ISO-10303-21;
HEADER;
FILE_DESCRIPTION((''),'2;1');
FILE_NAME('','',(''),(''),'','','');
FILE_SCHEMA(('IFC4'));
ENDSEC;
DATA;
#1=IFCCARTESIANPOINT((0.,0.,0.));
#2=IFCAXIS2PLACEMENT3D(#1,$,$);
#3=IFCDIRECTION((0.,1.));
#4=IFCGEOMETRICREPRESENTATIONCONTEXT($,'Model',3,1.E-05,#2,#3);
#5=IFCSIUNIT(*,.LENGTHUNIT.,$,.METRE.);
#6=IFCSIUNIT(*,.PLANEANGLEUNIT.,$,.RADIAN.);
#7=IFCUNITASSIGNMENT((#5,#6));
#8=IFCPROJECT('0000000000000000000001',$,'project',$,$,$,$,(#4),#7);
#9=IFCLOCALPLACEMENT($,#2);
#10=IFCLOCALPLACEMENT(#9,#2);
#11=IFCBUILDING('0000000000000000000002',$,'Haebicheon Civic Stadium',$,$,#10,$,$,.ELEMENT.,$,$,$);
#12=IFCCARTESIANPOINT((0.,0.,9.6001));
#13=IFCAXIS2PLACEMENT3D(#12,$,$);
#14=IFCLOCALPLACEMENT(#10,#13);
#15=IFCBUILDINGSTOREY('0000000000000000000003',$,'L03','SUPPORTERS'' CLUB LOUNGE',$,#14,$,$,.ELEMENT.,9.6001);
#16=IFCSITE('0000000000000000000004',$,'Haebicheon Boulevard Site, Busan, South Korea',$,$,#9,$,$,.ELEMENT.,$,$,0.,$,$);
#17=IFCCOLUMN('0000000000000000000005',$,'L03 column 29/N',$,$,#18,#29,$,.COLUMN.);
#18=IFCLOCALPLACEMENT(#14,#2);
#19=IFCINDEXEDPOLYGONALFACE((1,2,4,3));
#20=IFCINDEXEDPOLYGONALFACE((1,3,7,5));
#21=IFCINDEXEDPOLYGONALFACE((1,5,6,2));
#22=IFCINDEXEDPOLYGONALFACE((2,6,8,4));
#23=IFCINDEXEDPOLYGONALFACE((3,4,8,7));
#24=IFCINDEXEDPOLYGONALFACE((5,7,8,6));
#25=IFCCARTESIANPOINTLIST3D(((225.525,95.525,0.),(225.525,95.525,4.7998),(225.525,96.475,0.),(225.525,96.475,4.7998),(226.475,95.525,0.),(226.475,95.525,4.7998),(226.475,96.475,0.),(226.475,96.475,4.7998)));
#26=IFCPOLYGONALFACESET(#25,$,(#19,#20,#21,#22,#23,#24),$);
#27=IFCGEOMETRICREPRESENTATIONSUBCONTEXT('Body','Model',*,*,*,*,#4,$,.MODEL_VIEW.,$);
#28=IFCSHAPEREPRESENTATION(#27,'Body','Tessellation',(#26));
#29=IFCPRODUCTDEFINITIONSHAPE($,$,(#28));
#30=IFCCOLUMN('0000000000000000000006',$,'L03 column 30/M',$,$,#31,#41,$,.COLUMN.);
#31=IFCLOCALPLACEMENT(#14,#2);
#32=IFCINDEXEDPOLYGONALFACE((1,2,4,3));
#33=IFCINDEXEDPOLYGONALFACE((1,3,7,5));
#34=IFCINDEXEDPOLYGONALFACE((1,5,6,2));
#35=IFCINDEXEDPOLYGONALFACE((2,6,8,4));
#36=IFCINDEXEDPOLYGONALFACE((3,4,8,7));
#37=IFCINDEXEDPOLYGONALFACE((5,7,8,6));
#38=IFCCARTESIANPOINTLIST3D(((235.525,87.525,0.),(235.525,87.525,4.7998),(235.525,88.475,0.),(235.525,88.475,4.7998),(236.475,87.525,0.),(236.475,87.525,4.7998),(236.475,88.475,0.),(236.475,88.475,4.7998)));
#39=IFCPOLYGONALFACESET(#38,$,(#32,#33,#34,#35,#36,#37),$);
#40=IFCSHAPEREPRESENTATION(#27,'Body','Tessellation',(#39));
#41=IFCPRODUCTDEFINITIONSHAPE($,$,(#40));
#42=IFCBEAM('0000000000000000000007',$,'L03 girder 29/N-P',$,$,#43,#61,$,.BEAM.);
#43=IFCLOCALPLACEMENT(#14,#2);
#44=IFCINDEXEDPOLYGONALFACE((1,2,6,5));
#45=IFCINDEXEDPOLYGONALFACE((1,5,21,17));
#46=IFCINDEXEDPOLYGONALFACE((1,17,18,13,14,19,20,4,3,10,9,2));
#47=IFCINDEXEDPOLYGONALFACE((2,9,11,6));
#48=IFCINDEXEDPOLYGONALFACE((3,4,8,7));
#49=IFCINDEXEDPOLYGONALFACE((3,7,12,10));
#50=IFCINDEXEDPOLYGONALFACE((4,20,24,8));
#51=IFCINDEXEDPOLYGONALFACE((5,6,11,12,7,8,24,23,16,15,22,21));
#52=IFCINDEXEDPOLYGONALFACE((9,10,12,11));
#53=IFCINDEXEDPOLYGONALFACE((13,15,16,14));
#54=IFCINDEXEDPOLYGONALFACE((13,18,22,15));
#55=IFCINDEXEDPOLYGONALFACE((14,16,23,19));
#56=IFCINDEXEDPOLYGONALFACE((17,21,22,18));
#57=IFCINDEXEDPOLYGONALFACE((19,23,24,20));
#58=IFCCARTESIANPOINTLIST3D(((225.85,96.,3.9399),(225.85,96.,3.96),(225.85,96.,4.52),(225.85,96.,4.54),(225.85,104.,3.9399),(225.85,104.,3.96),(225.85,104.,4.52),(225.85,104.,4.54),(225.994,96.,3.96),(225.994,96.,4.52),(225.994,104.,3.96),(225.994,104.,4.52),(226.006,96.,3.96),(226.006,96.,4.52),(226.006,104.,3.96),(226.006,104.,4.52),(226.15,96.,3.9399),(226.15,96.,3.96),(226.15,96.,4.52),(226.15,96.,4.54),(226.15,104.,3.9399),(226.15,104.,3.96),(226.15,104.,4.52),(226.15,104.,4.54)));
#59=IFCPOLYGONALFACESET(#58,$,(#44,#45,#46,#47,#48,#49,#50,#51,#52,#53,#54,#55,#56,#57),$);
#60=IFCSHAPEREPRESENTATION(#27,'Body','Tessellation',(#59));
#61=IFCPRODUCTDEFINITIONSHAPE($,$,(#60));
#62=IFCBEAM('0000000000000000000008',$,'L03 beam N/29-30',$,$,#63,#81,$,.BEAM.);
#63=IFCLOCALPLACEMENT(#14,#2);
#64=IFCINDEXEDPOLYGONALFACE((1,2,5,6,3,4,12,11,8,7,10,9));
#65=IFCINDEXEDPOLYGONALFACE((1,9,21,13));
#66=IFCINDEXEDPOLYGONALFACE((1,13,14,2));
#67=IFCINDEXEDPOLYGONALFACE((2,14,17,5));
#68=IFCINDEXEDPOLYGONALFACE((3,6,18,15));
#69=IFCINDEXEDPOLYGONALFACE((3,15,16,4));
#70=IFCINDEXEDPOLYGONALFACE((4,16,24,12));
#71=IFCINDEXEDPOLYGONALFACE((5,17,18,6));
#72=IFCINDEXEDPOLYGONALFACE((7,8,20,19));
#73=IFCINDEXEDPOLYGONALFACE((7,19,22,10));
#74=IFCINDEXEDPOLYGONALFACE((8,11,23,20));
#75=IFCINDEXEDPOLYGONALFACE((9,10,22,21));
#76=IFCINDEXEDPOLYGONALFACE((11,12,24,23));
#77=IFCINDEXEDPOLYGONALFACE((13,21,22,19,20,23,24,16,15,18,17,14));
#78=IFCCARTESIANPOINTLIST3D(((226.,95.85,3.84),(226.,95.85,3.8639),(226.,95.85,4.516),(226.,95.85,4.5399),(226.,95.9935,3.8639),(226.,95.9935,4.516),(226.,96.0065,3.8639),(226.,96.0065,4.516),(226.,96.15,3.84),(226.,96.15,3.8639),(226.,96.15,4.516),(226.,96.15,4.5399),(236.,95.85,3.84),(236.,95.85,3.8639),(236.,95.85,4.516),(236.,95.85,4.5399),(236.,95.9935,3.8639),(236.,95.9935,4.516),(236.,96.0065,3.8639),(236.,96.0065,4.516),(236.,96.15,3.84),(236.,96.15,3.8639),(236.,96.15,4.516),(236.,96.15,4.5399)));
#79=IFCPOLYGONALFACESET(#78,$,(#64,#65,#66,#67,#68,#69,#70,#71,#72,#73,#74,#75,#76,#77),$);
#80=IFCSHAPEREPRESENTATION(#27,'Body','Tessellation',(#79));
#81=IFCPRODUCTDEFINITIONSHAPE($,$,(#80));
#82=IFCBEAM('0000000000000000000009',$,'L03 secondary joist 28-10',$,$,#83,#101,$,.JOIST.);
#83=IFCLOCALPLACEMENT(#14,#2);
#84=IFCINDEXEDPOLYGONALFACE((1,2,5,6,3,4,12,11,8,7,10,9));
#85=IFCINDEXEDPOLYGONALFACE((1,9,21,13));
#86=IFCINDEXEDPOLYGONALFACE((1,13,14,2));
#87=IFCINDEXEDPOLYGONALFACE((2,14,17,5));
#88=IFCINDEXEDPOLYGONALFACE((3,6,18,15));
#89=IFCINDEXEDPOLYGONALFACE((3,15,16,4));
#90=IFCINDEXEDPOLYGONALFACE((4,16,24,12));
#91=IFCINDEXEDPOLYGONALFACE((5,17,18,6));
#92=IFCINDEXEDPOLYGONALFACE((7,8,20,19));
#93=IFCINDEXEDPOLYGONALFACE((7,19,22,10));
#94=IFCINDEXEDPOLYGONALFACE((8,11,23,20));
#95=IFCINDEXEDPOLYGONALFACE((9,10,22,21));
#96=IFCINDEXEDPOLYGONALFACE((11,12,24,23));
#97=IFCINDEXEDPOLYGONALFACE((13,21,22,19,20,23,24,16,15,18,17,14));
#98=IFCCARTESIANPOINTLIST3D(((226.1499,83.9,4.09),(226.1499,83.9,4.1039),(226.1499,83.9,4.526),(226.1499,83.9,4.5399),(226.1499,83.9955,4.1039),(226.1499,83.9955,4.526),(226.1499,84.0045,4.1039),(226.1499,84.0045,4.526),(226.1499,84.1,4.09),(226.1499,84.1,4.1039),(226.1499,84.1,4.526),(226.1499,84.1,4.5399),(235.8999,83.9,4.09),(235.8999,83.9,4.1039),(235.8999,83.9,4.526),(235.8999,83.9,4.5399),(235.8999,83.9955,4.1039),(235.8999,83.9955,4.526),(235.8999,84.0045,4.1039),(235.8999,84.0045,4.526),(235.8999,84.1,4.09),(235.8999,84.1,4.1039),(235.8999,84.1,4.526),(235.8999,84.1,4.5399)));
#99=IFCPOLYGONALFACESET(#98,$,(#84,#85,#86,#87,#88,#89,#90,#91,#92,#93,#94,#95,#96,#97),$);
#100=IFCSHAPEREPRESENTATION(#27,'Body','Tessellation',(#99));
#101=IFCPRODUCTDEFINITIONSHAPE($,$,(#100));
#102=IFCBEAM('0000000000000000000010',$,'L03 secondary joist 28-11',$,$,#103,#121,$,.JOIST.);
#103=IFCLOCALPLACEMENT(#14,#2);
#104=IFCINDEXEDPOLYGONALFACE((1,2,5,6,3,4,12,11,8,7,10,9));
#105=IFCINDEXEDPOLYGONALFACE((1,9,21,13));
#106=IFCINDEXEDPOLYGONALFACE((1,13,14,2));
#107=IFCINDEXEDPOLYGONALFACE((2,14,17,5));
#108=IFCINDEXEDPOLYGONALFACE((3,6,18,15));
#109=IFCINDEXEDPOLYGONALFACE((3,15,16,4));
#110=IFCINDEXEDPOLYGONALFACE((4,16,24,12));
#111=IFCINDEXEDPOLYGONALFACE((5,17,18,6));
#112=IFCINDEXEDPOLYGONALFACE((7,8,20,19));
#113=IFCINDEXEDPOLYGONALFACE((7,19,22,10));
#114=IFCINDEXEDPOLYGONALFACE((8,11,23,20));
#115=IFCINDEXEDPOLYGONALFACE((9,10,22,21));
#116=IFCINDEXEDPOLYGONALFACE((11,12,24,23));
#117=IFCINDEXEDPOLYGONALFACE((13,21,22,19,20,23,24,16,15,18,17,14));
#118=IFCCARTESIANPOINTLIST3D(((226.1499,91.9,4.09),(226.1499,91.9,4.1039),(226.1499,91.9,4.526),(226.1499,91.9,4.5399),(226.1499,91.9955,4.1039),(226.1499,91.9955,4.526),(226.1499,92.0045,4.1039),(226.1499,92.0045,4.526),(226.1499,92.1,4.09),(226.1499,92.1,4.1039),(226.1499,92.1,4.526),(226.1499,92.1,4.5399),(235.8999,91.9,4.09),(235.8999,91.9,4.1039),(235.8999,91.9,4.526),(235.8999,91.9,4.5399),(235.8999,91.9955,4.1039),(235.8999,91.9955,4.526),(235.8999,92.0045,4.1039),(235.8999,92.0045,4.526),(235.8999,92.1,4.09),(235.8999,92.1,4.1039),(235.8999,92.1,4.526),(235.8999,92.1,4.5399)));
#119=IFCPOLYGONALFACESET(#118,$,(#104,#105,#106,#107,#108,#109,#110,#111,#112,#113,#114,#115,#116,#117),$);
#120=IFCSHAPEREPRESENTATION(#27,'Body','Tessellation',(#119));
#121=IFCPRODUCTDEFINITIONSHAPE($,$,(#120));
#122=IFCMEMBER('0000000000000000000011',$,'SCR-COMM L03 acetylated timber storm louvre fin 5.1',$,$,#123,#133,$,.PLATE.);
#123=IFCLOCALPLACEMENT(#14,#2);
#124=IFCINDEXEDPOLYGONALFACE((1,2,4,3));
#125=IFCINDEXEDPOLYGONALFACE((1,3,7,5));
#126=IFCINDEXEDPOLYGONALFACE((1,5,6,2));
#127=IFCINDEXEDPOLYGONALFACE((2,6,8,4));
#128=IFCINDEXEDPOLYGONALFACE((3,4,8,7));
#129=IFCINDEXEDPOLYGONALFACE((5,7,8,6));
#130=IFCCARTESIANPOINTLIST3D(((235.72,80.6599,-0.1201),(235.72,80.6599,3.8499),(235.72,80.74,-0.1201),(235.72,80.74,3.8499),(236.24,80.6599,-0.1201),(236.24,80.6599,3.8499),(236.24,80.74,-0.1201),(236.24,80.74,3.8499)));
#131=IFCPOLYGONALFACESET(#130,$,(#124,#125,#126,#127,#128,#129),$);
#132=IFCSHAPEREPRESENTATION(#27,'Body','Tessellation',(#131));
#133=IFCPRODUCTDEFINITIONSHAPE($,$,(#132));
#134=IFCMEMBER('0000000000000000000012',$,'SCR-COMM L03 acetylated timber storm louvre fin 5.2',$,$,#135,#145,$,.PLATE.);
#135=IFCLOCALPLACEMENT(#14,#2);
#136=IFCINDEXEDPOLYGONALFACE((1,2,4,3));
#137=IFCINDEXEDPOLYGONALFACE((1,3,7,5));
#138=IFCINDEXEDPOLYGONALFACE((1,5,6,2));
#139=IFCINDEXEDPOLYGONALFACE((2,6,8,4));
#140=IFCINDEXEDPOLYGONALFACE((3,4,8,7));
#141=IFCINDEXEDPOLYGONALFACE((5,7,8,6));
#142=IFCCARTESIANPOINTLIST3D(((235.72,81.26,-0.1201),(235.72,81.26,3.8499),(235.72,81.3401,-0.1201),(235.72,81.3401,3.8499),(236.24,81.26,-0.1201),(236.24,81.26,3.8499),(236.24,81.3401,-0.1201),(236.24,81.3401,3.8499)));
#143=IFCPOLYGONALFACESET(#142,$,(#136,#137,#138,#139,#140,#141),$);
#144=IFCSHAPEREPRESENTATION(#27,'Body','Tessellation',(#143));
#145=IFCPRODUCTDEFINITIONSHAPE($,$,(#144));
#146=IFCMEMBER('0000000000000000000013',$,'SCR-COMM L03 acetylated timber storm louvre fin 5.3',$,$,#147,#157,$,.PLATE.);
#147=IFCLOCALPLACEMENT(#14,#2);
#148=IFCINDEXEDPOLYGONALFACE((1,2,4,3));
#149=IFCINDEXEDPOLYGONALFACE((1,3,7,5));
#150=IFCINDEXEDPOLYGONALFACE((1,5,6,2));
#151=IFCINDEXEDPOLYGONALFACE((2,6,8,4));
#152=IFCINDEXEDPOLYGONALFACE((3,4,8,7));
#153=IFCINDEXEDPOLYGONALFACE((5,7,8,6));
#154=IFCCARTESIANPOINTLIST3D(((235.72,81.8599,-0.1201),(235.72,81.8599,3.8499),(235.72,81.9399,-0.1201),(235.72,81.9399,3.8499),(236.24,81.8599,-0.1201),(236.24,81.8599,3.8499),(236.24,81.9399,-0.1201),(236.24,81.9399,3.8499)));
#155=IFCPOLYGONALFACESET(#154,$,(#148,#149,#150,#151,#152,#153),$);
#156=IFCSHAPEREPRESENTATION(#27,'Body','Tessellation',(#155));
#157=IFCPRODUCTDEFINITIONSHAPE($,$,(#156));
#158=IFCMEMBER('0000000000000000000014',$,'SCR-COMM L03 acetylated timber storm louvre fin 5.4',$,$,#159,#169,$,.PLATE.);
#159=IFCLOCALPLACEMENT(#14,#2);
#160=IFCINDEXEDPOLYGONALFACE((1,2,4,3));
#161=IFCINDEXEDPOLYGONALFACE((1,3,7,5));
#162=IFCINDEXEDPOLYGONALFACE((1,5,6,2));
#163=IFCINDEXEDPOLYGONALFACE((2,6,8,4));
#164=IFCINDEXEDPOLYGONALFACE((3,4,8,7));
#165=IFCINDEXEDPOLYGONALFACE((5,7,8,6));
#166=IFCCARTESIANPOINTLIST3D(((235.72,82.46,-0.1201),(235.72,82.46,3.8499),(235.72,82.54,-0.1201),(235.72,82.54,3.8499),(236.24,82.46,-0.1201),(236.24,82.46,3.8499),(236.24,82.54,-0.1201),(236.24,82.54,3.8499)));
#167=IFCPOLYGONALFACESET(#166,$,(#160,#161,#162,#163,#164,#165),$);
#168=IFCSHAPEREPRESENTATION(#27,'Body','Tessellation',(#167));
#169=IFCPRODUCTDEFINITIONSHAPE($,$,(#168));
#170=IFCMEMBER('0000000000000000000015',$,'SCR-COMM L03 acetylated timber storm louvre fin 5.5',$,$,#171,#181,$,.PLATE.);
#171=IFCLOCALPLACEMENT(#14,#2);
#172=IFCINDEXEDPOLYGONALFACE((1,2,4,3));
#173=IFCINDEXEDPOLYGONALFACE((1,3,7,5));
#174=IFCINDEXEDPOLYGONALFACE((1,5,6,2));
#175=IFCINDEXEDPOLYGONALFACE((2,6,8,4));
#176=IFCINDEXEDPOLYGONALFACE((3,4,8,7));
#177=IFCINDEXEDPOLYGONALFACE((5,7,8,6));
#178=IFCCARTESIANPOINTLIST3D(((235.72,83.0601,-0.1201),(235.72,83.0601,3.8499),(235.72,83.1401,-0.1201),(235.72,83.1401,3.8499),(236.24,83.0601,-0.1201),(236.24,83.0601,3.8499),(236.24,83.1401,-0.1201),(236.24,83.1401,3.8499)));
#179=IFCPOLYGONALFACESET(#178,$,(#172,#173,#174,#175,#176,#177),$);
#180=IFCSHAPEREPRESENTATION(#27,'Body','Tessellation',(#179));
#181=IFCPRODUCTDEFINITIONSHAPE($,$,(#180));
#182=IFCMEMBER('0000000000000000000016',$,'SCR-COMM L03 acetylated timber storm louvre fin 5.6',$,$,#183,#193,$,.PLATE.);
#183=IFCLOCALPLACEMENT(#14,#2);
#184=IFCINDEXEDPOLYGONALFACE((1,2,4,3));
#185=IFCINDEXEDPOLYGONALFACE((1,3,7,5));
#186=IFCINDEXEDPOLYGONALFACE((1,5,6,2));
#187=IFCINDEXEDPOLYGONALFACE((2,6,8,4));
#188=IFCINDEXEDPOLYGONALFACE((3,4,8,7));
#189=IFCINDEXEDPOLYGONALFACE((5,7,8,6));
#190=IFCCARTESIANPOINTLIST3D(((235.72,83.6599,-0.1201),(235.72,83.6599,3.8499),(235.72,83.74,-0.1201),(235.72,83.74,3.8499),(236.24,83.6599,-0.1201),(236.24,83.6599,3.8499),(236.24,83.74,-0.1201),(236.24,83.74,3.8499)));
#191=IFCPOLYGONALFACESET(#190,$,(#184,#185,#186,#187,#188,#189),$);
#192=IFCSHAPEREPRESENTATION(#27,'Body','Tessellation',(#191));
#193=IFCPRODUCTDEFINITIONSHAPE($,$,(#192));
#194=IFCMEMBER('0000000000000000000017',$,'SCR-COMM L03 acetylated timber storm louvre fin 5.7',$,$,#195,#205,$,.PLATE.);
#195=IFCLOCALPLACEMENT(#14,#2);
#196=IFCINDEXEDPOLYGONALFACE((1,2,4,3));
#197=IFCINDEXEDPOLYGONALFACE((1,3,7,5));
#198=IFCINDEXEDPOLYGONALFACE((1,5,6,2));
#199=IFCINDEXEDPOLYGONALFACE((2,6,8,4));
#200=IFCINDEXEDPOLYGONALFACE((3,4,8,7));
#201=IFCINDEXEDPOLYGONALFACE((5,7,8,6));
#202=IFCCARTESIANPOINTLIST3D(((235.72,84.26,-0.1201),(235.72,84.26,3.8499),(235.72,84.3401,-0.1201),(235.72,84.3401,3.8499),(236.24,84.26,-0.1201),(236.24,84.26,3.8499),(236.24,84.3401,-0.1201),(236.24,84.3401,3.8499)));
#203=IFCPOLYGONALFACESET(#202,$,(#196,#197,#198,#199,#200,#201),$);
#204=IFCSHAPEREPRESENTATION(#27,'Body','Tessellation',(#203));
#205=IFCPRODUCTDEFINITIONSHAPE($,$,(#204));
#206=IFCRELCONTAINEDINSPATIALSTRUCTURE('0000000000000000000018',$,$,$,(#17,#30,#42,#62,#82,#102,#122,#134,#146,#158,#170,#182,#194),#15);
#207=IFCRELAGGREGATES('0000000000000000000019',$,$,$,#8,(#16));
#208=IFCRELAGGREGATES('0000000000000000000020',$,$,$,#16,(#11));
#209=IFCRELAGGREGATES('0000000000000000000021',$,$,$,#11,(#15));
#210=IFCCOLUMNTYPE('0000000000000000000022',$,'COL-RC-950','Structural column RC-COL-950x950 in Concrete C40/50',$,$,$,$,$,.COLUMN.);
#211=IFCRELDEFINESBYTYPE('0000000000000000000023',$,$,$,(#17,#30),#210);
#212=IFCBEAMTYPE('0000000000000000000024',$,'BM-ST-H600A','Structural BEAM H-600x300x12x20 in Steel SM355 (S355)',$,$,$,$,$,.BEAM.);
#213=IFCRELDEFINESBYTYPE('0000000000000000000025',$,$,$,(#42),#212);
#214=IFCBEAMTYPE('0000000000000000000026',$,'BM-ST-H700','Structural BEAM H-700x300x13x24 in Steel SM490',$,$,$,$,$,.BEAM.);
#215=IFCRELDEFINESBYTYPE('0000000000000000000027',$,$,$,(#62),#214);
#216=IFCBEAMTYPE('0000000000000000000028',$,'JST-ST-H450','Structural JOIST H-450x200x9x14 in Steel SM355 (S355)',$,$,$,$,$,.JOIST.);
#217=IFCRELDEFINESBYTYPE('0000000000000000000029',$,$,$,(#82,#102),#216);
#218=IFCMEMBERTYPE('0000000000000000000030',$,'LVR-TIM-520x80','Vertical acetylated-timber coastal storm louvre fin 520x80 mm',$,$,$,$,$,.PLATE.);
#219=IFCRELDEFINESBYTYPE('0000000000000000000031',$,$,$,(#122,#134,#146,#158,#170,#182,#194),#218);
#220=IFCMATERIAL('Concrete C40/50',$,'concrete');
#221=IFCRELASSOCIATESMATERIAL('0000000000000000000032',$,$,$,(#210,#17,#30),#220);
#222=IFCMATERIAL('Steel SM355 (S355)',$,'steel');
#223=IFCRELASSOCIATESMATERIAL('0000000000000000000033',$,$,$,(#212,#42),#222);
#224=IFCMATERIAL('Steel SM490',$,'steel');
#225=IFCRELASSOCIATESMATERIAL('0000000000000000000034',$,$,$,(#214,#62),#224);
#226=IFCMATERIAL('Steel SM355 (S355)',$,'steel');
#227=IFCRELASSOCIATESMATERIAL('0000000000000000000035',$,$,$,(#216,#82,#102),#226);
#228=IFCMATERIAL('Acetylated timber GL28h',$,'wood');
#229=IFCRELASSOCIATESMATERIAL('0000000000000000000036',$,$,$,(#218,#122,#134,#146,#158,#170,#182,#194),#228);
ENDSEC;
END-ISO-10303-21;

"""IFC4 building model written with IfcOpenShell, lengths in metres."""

from ifc_helpers import new_model, si_unit, direction, frame, origin, origin_2d, place, context, subcontext, project, spatial, rectangle, i_section, extrude, material, material_profile, profile_set, type_object, element, save


model = new_model("IFC4")

# Units and contexts
model_context = context("Model", 3, precision=1e-05, world=origin(), true_north=direction((0.0, 1.0)))
body_context = subcontext(model_context, "Body", "Model", "MODEL_VIEW")
ifc_project = project(units=[si_unit("LENGTHUNIT", "METRE"), si_unit("PLANEANGLEUNIT", "RADIAN")], contexts=[model_context])

# Site, building, storey
site_placement = place(None, origin())
site = spatial("IfcSite", under=ifc_project, at=site_placement, Name="Haebicheon Boulevard Site, Busan, South Korea", CompositionType="ELEMENT", RefElevation=0.0)
building_placement = place(site_placement, origin())
building = spatial("IfcBuilding", under=site, at=building_placement, Name="Haebicheon Civic Stadium", CompositionType="ELEMENT")
storey_placement = place(building_placement, frame((0.0, 0.0, 9.6001)))
storey = spatial("IfcBuildingStorey", under=building, at=storey_placement, Name="L03", Description="SUPPORTERS' CLUB LOUNGE", CompositionType="ELEMENT", Elevation=9.6001)

# Columns
ifc_material_1 = material(Name="Concrete C40/50", Category="concrete")
ifc_material_profile_1 = material_profile(ifc_material_1, rectangle(XDim=0.95, YDim=0.95, at=origin_2d()), Name="RC-COL-950x950")
ifc_profile_set_1 = profile_set([ifc_material_profile_1], Name="Concrete C40/50")
column_type = type_object("IfcColumnType", Name="COL-RC-950", Description="Structural column RC-COL-950x950 in Concrete C40/50", PredefinedType="COLUMN", material=ifc_profile_set_1)
for number, where, z_axis, x_axis, name in (
    (1, (226.0, 96.0, 0.0), (0.0, 0.0, 1.0), (1.0, 0.0, 0.0), "L03 column 29/N"),
    (2, (236.0, 88.0, 0.0), (0.0, 0.0, 1.0), (1.0, 0.0, 0.0), "L03 column 30/M"),
):
    element("IfcColumn", number, at=place(storey_placement, frame(where, z_axis=z_axis, x_axis=x_axis)), inside=storey, type_object=column_type, material=ifc_profile_set_1, Name=name, PredefinedType="COLUMN", context=body_context, shape_type="SweptSolid", body=[
        extrude(rectangle(XDim=0.95, YDim=0.95, at=origin_2d()), origin(), (0.0, 0.0, 1.0), 4.7998),
    ])

# Beams
ifc_material_2 = material(Name="Steel SM355 (S355)", Category="steel")
ifc_material_profile_2 = material_profile(ifc_material_2, i_section(OverallWidth=0.3, OverallDepth=0.6001, WebThickness=0.012, FlangeThickness=0.02, at=origin_2d()), Name="H-600x300x12x20")
ifc_profile_set_2 = profile_set([ifc_material_profile_2], Name="Steel SM355 (S355)")
beam_type_1 = type_object("IfcBeamType", Name="BM-ST-H600A", Description="Structural BEAM H-600x300x12x20 in Steel SM355 (S355)", PredefinedType="BEAM", material=ifc_profile_set_2)
beam_1_placement = place(storey_placement, frame((226.0, 96.0, 4.24), z_axis=(0.0, 1.0, 0.0), x_axis=(-1.0, 0.0, 0.0)))
element("IfcBeam", 3, at=beam_1_placement, inside=storey, type_object=beam_type_1, material=ifc_profile_set_2, Name="L03 girder 29/N-P", PredefinedType="BEAM", context=body_context, shape_type="SweptSolid", body=[
    extrude(i_section(OverallWidth=0.3, OverallDepth=0.6001, WebThickness=0.012, FlangeThickness=0.02, at=origin_2d()), origin(), (0.0, 0.0, 1.0), 8.0),
])
ifc_material_3 = material(Name="Steel SM490", Category="steel")
ifc_material_profile_3 = material_profile(ifc_material_3, i_section(OverallWidth=0.3, OverallDepth=0.7, WebThickness=0.0129, FlangeThickness=0.0239, at=origin_2d()), Name="H-700x300x13x24")
ifc_profile_set_3 = profile_set([ifc_material_profile_3], Name="Steel SM490")
beam_type_2 = type_object("IfcBeamType", Name="BM-ST-H700", Description="Structural BEAM H-700x300x13x24 in Steel SM490", PredefinedType="BEAM", material=ifc_profile_set_3)
beam_2_placement = place(storey_placement, frame((226.0, 96.0, 4.1899), z_axis=(1.0, 0.0, 0.0), x_axis=(0.0, 1.0, 0.0)))
element("IfcBeam", 4, at=beam_2_placement, inside=storey, type_object=beam_type_2, material=ifc_profile_set_3, Name="L03 beam N/29-30", PredefinedType="BEAM", context=body_context, shape_type="SweptSolid", body=[
    extrude(i_section(OverallWidth=0.3, OverallDepth=0.7, WebThickness=0.0129, FlangeThickness=0.0239, at=origin_2d()), origin(), (0.0, 0.0, 1.0), 10.0),
])
ifc_material_4 = material(Name="Steel SM355 (S355)", Category="steel")
ifc_material_profile_4 = material_profile(ifc_material_4, i_section(OverallWidth=0.2, OverallDepth=0.45, WebThickness=0.009, FlangeThickness=0.0139, at=origin_2d()), Name="H-450x200x9x14")
ifc_profile_set_4 = profile_set([ifc_material_profile_4], Name="Steel SM355 (S355)")
beam_type_3 = type_object("IfcBeamType", Name="JST-ST-H450", Description="Structural JOIST H-450x200x9x14 in Steel SM355 (S355)", PredefinedType="JOIST", material=ifc_profile_set_4)
for number, where, z_axis, x_axis, name in (
    (5, (226.1499, 84.0, 4.3149), (1.0, 0.0, 0.0), (0.0, 1.0, 0.0), "L03 secondary joist 28-10"),
    (6, (226.1499, 92.0, 4.3149), (1.0, 0.0, 0.0), (0.0, 1.0, 0.0), "L03 secondary joist 28-11"),
):
    element("IfcBeam", number, at=place(storey_placement, frame(where, z_axis=z_axis, x_axis=x_axis)), inside=storey, type_object=beam_type_3, material=ifc_profile_set_4, Name=name, PredefinedType="JOIST", context=body_context, shape_type="SweptSolid", body=[
        extrude(i_section(OverallWidth=0.2, OverallDepth=0.45, WebThickness=0.009, FlangeThickness=0.0139, at=origin_2d()), origin(), (0.0, 0.0, 1.0), 9.75),
    ])

# Members
ifc_material_5 = material(Name="Acetylated timber GL28h", Category="wood")
ifc_material_profile_5 = material_profile(ifc_material_5, rectangle(XDim=0.0801, YDim=0.52, at=origin_2d()), Name="TMB-LOUV-80x520")
ifc_profile_set_5 = profile_set([ifc_material_profile_5], Name="Acetylated timber GL28h")
member_type_1 = type_object("IfcMemberType", Name="LVR-TIM-520x80", Description="Vertical acetylated-timber coastal storm louvre fin 520x80 mm", PredefinedType="PLATE", material=ifc_profile_set_5)
for number, where, z_axis, x_axis, name in (
    (7, (235.98, 80.7, -0.1201), (0.0, 0.0, 1.0), (0.0, 1.0, 0.0), "SCR-COMM L03 acetylated timber storm louvre fin 5.1"),
    (8, (235.98, 81.3, -0.1201), (0.0, 0.0, 1.0), (0.0, 1.0, 0.0), "SCR-COMM L03 acetylated timber storm louvre fin 5.2"),
    (9, (235.98, 81.8999, -0.1201), (0.0, 0.0, 1.0), (0.0, 1.0, 0.0), "SCR-COMM L03 acetylated timber storm louvre fin 5.3"),
    (10, (235.98, 82.5, -0.1201), (0.0, 0.0, 1.0), (0.0, 1.0, 0.0), "SCR-COMM L03 acetylated timber storm louvre fin 5.4"),
    (11, (235.98, 83.1001, -0.1201), (0.0, 0.0, 1.0), (0.0, 1.0, 0.0), "SCR-COMM L03 acetylated timber storm louvre fin 5.5"),
    (12, (235.98, 83.7, -0.1201), (0.0, 0.0, 1.0), (0.0, 1.0, 0.0), "SCR-COMM L03 acetylated timber storm louvre fin 5.6"),
    (13, (235.98, 84.3, -0.1201), (0.0, 0.0, 1.0), (0.0, 1.0, 0.0), "SCR-COMM L03 acetylated timber storm louvre fin 5.7"),
):
    element("IfcMember", number, at=place(storey_placement, frame(where, z_axis=z_axis, x_axis=x_axis)), inside=storey, type_object=member_type_1, material=ifc_profile_set_5, Name=name, PredefinedType="PLATE", context=body_context, shape_type="SweptSolid", body=[
        extrude(rectangle(XDim=0.0801, YDim=0.52, at=origin_2d()), origin(), (0.0, 0.0, 1.0), 3.97),
    ])

save(model, "model.ifc")
